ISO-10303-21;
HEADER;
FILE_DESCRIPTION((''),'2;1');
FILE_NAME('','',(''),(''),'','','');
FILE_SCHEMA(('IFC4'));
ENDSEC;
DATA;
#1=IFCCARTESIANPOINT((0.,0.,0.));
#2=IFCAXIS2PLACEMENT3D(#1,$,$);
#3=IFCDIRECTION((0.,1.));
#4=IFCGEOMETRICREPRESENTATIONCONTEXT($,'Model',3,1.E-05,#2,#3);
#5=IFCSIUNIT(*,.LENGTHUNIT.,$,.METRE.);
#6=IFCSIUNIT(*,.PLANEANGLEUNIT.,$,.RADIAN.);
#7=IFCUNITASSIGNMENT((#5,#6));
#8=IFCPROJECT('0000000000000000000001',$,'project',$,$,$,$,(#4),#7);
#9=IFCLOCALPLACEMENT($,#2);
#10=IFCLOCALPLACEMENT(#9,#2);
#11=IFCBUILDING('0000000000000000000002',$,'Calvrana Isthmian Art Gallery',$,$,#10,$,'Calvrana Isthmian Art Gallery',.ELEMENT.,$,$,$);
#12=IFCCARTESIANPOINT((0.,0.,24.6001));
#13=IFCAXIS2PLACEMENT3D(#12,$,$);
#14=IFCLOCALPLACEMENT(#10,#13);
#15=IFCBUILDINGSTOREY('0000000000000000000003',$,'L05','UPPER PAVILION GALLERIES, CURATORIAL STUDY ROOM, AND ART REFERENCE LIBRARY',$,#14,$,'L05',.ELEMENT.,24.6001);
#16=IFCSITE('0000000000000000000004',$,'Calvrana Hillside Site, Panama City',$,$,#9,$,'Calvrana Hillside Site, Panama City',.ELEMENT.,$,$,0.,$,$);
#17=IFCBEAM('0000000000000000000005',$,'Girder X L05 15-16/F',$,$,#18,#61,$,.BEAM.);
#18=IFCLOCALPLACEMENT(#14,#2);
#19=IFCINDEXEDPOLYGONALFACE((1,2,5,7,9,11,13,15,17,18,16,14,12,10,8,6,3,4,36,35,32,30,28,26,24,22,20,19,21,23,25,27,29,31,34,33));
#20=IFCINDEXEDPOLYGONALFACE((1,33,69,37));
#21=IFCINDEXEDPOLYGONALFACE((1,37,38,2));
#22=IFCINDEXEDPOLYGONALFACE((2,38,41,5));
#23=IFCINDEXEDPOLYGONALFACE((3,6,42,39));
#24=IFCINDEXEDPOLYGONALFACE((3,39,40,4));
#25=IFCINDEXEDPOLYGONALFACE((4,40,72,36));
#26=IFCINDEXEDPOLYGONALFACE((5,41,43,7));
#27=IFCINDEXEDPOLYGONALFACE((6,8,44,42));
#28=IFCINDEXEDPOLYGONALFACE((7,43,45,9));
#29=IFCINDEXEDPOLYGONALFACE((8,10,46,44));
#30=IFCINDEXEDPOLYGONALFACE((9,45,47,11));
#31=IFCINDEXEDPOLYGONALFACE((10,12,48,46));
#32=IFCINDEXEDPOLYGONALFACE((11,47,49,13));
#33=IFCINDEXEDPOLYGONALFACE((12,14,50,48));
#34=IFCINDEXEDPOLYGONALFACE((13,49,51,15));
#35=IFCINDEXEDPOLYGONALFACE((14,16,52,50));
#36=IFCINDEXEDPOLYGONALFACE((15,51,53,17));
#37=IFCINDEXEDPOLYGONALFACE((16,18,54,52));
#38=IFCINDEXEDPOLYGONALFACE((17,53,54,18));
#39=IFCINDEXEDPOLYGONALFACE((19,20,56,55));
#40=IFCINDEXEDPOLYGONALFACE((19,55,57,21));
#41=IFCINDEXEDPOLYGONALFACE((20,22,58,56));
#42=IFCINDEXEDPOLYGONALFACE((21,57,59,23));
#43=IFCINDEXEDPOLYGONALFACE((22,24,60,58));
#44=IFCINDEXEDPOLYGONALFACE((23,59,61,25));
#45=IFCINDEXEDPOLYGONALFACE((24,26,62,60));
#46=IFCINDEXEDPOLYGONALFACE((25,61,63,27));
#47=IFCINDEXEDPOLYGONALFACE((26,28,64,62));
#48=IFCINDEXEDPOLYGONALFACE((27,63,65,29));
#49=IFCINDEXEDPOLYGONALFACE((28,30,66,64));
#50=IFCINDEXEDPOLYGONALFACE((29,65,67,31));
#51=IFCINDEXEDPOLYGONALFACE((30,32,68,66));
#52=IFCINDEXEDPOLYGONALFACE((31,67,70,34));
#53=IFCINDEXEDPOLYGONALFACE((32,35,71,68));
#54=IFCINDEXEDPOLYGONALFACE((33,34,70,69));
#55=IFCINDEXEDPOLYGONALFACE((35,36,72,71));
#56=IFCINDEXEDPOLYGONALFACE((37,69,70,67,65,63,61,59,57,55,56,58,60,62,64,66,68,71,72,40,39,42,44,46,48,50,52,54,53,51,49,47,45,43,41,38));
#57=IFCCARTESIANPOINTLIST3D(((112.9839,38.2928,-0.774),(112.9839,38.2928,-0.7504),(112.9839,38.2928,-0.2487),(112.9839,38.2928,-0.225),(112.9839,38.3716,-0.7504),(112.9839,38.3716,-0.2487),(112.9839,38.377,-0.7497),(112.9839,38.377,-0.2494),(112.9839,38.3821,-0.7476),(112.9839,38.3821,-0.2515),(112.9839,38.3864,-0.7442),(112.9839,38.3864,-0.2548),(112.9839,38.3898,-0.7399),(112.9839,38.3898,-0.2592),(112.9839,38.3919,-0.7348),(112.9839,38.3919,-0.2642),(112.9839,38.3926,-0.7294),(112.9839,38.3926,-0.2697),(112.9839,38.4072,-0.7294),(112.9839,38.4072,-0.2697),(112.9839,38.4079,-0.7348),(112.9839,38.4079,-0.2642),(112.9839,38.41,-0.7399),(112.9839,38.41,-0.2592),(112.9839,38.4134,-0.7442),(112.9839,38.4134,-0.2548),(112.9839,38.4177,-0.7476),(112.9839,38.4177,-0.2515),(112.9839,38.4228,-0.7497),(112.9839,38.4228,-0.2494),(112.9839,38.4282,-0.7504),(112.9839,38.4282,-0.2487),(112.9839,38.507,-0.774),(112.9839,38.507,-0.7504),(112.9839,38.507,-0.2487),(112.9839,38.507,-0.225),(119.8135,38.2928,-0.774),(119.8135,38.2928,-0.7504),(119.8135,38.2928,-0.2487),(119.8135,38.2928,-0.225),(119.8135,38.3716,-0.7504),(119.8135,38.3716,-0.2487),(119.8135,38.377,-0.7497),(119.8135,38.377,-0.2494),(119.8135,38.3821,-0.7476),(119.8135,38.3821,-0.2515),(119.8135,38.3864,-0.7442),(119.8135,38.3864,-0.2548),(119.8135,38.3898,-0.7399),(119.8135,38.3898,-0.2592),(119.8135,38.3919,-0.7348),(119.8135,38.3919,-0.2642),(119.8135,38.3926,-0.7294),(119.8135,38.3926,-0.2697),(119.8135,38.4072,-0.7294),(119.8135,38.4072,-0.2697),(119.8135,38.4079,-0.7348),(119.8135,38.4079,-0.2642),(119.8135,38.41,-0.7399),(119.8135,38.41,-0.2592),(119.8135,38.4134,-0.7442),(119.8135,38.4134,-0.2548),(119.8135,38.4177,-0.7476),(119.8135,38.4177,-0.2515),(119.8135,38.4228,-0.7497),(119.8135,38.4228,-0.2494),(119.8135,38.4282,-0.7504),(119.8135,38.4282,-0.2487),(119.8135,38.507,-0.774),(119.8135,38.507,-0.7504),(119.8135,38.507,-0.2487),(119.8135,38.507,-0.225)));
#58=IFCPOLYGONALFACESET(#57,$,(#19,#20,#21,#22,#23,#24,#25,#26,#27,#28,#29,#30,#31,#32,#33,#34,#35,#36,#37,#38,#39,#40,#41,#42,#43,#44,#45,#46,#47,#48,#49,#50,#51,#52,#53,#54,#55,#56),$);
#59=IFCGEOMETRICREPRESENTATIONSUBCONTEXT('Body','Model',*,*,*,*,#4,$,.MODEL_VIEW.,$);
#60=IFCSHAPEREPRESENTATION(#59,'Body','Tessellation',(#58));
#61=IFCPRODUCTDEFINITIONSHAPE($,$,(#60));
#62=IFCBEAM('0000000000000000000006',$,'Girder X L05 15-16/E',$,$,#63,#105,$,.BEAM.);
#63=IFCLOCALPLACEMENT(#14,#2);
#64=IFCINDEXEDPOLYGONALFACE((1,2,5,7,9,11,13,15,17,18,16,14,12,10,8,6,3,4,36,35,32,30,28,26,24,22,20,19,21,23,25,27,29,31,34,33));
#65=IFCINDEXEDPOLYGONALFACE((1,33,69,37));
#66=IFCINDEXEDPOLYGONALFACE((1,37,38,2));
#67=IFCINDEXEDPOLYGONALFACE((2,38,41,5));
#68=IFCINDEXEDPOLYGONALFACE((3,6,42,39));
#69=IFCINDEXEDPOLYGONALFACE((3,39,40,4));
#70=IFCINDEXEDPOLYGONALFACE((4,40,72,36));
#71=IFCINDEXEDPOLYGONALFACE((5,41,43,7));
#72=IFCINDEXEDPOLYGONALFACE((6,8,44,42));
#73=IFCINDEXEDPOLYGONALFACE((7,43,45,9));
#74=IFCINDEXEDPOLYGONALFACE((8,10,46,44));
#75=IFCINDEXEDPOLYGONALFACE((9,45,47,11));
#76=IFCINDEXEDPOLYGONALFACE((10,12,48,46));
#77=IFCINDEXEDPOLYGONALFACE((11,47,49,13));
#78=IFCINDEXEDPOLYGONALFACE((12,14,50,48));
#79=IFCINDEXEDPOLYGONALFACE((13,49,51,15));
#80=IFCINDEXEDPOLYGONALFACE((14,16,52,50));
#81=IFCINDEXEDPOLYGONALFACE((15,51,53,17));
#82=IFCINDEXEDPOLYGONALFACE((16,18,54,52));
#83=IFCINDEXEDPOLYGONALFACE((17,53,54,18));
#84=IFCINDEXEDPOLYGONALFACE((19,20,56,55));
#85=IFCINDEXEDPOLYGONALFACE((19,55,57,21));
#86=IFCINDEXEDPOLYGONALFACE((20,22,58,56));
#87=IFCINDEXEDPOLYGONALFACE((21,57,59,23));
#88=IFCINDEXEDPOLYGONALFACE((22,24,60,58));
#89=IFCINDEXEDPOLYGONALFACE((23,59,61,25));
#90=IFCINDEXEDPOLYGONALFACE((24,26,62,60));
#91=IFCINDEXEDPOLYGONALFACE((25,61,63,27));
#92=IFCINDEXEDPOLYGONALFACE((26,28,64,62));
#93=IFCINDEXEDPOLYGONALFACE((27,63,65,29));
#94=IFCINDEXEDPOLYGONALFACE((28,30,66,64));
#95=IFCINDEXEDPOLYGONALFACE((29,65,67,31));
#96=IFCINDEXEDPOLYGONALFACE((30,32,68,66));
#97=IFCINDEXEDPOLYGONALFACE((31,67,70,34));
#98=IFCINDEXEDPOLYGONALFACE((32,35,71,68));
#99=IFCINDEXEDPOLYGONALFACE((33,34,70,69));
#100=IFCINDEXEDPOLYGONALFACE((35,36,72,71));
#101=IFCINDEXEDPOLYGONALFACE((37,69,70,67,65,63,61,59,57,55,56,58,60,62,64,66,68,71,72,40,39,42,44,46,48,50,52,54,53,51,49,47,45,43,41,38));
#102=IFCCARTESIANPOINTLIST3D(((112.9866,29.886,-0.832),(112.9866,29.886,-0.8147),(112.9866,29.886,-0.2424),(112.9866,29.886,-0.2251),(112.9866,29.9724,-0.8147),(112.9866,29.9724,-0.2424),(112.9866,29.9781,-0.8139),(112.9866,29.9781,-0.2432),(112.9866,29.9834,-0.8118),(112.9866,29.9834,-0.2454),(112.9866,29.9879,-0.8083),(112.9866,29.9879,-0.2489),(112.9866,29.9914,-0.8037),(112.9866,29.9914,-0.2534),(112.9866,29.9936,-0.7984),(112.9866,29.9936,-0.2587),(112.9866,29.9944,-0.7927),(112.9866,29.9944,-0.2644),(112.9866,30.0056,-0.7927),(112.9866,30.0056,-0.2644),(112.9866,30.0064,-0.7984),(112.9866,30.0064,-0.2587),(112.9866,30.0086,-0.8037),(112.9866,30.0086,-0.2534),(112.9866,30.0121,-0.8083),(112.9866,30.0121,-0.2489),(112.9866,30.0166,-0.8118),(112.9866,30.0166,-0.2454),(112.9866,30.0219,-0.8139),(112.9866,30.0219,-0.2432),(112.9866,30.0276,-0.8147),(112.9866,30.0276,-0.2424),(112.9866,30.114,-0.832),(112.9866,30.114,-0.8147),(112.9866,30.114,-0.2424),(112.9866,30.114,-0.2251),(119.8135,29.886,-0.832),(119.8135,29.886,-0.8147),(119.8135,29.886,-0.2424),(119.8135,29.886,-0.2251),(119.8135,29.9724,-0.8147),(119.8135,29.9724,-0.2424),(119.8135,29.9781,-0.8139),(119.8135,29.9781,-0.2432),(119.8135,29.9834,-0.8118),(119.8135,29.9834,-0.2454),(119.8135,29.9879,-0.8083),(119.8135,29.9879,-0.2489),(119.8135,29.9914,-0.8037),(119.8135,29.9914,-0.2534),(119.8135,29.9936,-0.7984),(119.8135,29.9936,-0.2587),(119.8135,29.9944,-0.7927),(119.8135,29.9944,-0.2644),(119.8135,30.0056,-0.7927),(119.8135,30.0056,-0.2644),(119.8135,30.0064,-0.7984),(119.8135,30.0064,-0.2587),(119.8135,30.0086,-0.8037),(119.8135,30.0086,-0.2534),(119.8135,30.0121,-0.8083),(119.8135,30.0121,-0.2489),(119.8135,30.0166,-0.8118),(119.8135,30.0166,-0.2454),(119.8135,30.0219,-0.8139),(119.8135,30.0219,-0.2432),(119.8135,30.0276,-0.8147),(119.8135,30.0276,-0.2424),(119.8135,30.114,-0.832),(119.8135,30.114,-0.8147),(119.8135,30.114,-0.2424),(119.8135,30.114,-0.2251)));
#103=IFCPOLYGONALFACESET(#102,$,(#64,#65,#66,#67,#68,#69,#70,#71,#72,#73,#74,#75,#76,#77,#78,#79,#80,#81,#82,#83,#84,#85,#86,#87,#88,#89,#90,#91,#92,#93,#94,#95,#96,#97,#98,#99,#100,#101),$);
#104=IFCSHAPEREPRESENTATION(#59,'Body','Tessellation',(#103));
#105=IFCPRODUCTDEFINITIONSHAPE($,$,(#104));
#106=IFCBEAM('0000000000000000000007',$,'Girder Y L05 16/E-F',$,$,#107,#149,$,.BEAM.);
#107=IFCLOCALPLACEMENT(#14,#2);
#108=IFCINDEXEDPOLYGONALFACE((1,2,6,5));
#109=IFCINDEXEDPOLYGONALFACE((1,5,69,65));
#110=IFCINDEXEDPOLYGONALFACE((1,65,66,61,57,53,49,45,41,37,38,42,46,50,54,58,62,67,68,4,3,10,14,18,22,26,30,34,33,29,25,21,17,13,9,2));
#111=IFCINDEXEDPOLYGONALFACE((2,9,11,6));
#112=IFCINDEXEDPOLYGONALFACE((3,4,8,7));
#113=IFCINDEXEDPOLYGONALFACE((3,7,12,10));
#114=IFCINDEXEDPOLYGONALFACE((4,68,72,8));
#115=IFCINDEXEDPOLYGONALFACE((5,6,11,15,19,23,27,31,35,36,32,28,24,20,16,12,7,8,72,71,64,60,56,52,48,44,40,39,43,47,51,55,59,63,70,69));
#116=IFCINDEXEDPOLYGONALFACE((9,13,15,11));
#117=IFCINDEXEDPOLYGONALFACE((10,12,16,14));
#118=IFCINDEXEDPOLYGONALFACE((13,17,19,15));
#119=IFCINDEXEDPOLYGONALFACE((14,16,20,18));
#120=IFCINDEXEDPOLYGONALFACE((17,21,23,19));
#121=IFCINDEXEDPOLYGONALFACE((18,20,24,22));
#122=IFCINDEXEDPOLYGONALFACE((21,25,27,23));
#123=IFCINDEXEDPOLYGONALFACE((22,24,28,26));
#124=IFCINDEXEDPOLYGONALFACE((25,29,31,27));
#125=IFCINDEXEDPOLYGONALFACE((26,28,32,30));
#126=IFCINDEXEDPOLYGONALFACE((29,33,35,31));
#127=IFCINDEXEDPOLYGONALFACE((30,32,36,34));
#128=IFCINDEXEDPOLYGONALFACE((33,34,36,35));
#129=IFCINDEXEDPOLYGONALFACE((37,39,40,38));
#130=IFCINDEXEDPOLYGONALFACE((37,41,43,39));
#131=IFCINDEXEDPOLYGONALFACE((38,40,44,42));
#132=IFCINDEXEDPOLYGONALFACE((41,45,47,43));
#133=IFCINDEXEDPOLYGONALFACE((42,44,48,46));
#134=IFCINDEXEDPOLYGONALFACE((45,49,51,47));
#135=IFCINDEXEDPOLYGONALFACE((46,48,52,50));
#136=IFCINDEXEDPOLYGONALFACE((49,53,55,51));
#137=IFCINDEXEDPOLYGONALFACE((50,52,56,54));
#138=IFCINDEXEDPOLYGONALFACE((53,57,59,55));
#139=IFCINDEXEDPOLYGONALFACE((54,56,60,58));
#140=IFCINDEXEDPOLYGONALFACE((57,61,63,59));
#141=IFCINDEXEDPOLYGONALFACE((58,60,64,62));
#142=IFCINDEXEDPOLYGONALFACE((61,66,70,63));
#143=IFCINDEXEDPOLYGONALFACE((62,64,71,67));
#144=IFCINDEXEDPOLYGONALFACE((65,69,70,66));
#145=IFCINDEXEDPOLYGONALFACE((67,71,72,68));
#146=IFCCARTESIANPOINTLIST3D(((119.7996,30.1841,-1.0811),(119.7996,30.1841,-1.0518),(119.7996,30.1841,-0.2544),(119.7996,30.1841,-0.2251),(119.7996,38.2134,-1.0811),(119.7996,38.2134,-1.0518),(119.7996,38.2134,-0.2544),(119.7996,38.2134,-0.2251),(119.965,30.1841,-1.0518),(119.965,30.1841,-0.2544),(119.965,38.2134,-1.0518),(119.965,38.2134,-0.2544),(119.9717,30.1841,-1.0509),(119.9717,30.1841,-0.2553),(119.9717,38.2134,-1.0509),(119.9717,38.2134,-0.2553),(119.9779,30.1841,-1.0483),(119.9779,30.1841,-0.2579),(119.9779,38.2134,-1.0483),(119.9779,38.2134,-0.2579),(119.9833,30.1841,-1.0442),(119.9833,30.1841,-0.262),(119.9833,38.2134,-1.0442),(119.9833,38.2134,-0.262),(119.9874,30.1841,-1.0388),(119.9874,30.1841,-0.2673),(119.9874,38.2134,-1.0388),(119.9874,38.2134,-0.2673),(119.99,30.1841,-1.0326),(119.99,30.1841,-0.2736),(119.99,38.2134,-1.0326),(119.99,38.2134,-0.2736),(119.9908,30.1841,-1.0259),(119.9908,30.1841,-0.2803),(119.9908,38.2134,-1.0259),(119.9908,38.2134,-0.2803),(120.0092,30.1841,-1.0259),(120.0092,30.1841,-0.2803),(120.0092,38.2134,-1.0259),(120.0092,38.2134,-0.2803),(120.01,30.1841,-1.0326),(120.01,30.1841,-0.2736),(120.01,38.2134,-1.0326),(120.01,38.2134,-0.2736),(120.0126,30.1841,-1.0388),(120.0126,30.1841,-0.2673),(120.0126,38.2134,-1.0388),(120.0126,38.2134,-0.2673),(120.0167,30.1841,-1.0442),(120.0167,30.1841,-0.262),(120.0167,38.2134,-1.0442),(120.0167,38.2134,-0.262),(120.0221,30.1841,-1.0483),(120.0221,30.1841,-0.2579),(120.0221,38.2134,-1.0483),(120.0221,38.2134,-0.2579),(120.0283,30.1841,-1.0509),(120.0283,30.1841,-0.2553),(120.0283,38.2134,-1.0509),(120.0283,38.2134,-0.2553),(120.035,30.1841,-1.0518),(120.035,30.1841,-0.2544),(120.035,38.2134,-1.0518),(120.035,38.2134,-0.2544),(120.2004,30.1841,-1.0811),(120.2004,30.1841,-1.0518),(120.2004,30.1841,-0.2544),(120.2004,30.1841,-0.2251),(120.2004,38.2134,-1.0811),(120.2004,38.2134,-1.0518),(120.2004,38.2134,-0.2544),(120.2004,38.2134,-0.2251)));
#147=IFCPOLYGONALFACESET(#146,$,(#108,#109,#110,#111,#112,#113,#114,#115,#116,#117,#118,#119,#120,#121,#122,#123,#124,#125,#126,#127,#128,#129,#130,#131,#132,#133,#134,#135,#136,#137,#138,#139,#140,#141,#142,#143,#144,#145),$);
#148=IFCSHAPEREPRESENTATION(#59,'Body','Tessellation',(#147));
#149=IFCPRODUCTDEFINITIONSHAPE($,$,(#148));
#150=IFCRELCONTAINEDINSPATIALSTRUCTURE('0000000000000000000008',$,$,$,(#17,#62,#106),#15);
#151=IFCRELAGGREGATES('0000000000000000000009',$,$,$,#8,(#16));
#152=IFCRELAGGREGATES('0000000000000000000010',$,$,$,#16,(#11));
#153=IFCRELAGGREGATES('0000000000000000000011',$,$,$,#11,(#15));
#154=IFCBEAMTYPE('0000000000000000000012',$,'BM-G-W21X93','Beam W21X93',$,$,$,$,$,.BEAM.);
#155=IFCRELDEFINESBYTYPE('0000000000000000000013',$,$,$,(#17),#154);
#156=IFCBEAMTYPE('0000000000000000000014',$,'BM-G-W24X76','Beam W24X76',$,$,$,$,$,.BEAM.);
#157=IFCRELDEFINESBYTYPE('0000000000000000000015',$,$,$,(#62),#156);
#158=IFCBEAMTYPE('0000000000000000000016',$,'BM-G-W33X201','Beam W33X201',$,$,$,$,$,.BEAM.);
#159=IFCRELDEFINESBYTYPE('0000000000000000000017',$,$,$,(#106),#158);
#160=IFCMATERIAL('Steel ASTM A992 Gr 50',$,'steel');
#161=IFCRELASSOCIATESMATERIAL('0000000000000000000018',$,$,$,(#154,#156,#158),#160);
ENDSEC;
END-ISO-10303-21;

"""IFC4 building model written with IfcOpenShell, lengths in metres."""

from ifc_helpers import new_model, si_unit, direction, frame, origin, origin_2d, place, context, subcontext, project, spatial, i_section, extrude, material, material_profile, profile_set, type_object, element, save


model = new_model("IFC4")

# Units and contexts
model_context = context("Model", 3, precision=1e-05, world=origin(), true_north=direction((0.0, 1.0)))
body_context = subcontext(model_context, "Body", "Model", "MODEL_VIEW")
ifc_project = project(units=[si_unit("LENGTHUNIT", "METRE"), si_unit("PLANEANGLEUNIT", "RADIAN")], contexts=[model_context])

# Site, building, storey
site_placement = place(None, origin())
site = spatial("IfcSite", under=ifc_project, at=site_placement, Name="Calvrana Hillside Site, Panama City", LongName="Calvrana Hillside Site, Panama City", CompositionType="ELEMENT", RefElevation=0.0)
building_placement = place(site_placement, origin())
building = spatial("IfcBuilding", under=site, at=building_placement, Name="Calvrana Isthmian Art Gallery", LongName="Calvrana Isthmian Art Gallery", CompositionType="ELEMENT")
storey_placement = place(building_placement, frame((0.0, 0.0, 24.6001)))
storey = spatial("IfcBuildingStorey", under=building, at=storey_placement, Name="L05", Description="UPPER PAVILION GALLERIES, CURATORIAL STUDY ROOM, AND ART REFERENCE LIBRARY", LongName="L05", CompositionType="ELEMENT", Elevation=24.6001)

# Beams
ifc_material_1 = material(Name="Steel ASTM A992 Gr 50", Category="steel")
ifc_material_profile_1 = material_profile(ifc_material_1, i_section(OverallWidth=0.2141, OverallDepth=0.5491, WebThickness=0.0146, FlangeThickness=0.0237, FilletRadius=0.021, at=origin_2d()), Name="W21X93")
ifc_profile_set_1 = profile_set([ifc_material_profile_1], Name="Steel ASTM A992 Gr 50")
beam_type_1 = type_object("IfcBeamType", Name="BM-G-W21X93", Description="Beam W21X93", PredefinedType="BEAM", material=ifc_profile_set_1)
beam_1_placement = place(storey_placement, frame((112.9839, 38.3999, -0.4995), z_axis=(1.0, 0.0, 0.0), x_axis=(0.0, 1.0, 0.0)))
element("IfcBeam", 1, at=beam_1_placement, inside=storey, type_object=beam_type_1, Name="Girder X L05 15-16/F", PredefinedType="BEAM", context=body_context, shape_type="SweptSolid", body=[
    extrude(i_section(OverallWidth=0.2141, OverallDepth=0.5491, WebThickness=0.0146, FlangeThickness=0.0237, FilletRadius=0.021, at=origin_2d()), origin(), (0.0, 0.0, 1.0), 6.8296),
])
ifc_material_profile_2 = material_profile(ifc_material_1, i_section(OverallWidth=0.228, OverallDepth=0.6069, WebThickness=0.0112, FlangeThickness=0.0173, FilletRadius=0.022, at=origin_2d()), Name="W24X76")
ifc_profile_set_2 = profile_set([ifc_material_profile_2], Name="Steel ASTM A992 Gr 50")
beam_type_2 = type_object("IfcBeamType", Name="BM-G-W24X76", Description="Beam W24X76", PredefinedType="BEAM", material=ifc_profile_set_2)
beam_2_placement = place(storey_placement, frame((112.9866, 30.0, -0.5286), z_axis=(1.0, 0.0, 0.0), x_axis=(0.0, 1.0, 0.0)))
element("IfcBeam", 2, at=beam_2_placement, inside=storey, type_object=beam_type_2, Name="Girder X L05 15-16/E", PredefinedType="BEAM", context=body_context, shape_type="SweptSolid", body=[
    extrude(i_section(OverallWidth=0.228, OverallDepth=0.6069, WebThickness=0.0112, FlangeThickness=0.0173, FilletRadius=0.022, at=origin_2d()), origin(), (0.0, 0.0, 1.0), 6.8269),
])
ifc_material_profile_3 = material_profile(ifc_material_1, i_section(OverallWidth=0.4009, OverallDepth=0.856, WebThickness=0.0183, FlangeThickness=0.0293, FilletRadius=0.0259, at=origin_2d()), Name="W33X201")
ifc_profile_set_3 = profile_set([ifc_material_profile_3], Name="Steel ASTM A992 Gr 50")
beam_type_3 = type_object("IfcBeamType", Name="BM-G-W33X201", Description="Beam W33X201", PredefinedType="BEAM", material=ifc_profile_set_3)
beam_3_placement = place(storey_placement, frame((120.0, 30.1841, -0.6531), z_axis=(0.0, 1.0, 0.0), x_axis=(-1.0, 0.0, 0.0)))
element("IfcBeam", 3, at=beam_3_placement, inside=storey, type_object=beam_type_3, Name="Girder Y L05 16/E-F", PredefinedType="BEAM", context=body_context, shape_type="SweptSolid", body=[
    extrude(i_section(OverallWidth=0.4009, OverallDepth=0.856, WebThickness=0.0183, FlangeThickness=0.0293, FilletRadius=0.0259, at=origin_2d()), origin(), (0.0, 0.0, 1.0), 8.0293),
])

save(model, "model.ifc")
